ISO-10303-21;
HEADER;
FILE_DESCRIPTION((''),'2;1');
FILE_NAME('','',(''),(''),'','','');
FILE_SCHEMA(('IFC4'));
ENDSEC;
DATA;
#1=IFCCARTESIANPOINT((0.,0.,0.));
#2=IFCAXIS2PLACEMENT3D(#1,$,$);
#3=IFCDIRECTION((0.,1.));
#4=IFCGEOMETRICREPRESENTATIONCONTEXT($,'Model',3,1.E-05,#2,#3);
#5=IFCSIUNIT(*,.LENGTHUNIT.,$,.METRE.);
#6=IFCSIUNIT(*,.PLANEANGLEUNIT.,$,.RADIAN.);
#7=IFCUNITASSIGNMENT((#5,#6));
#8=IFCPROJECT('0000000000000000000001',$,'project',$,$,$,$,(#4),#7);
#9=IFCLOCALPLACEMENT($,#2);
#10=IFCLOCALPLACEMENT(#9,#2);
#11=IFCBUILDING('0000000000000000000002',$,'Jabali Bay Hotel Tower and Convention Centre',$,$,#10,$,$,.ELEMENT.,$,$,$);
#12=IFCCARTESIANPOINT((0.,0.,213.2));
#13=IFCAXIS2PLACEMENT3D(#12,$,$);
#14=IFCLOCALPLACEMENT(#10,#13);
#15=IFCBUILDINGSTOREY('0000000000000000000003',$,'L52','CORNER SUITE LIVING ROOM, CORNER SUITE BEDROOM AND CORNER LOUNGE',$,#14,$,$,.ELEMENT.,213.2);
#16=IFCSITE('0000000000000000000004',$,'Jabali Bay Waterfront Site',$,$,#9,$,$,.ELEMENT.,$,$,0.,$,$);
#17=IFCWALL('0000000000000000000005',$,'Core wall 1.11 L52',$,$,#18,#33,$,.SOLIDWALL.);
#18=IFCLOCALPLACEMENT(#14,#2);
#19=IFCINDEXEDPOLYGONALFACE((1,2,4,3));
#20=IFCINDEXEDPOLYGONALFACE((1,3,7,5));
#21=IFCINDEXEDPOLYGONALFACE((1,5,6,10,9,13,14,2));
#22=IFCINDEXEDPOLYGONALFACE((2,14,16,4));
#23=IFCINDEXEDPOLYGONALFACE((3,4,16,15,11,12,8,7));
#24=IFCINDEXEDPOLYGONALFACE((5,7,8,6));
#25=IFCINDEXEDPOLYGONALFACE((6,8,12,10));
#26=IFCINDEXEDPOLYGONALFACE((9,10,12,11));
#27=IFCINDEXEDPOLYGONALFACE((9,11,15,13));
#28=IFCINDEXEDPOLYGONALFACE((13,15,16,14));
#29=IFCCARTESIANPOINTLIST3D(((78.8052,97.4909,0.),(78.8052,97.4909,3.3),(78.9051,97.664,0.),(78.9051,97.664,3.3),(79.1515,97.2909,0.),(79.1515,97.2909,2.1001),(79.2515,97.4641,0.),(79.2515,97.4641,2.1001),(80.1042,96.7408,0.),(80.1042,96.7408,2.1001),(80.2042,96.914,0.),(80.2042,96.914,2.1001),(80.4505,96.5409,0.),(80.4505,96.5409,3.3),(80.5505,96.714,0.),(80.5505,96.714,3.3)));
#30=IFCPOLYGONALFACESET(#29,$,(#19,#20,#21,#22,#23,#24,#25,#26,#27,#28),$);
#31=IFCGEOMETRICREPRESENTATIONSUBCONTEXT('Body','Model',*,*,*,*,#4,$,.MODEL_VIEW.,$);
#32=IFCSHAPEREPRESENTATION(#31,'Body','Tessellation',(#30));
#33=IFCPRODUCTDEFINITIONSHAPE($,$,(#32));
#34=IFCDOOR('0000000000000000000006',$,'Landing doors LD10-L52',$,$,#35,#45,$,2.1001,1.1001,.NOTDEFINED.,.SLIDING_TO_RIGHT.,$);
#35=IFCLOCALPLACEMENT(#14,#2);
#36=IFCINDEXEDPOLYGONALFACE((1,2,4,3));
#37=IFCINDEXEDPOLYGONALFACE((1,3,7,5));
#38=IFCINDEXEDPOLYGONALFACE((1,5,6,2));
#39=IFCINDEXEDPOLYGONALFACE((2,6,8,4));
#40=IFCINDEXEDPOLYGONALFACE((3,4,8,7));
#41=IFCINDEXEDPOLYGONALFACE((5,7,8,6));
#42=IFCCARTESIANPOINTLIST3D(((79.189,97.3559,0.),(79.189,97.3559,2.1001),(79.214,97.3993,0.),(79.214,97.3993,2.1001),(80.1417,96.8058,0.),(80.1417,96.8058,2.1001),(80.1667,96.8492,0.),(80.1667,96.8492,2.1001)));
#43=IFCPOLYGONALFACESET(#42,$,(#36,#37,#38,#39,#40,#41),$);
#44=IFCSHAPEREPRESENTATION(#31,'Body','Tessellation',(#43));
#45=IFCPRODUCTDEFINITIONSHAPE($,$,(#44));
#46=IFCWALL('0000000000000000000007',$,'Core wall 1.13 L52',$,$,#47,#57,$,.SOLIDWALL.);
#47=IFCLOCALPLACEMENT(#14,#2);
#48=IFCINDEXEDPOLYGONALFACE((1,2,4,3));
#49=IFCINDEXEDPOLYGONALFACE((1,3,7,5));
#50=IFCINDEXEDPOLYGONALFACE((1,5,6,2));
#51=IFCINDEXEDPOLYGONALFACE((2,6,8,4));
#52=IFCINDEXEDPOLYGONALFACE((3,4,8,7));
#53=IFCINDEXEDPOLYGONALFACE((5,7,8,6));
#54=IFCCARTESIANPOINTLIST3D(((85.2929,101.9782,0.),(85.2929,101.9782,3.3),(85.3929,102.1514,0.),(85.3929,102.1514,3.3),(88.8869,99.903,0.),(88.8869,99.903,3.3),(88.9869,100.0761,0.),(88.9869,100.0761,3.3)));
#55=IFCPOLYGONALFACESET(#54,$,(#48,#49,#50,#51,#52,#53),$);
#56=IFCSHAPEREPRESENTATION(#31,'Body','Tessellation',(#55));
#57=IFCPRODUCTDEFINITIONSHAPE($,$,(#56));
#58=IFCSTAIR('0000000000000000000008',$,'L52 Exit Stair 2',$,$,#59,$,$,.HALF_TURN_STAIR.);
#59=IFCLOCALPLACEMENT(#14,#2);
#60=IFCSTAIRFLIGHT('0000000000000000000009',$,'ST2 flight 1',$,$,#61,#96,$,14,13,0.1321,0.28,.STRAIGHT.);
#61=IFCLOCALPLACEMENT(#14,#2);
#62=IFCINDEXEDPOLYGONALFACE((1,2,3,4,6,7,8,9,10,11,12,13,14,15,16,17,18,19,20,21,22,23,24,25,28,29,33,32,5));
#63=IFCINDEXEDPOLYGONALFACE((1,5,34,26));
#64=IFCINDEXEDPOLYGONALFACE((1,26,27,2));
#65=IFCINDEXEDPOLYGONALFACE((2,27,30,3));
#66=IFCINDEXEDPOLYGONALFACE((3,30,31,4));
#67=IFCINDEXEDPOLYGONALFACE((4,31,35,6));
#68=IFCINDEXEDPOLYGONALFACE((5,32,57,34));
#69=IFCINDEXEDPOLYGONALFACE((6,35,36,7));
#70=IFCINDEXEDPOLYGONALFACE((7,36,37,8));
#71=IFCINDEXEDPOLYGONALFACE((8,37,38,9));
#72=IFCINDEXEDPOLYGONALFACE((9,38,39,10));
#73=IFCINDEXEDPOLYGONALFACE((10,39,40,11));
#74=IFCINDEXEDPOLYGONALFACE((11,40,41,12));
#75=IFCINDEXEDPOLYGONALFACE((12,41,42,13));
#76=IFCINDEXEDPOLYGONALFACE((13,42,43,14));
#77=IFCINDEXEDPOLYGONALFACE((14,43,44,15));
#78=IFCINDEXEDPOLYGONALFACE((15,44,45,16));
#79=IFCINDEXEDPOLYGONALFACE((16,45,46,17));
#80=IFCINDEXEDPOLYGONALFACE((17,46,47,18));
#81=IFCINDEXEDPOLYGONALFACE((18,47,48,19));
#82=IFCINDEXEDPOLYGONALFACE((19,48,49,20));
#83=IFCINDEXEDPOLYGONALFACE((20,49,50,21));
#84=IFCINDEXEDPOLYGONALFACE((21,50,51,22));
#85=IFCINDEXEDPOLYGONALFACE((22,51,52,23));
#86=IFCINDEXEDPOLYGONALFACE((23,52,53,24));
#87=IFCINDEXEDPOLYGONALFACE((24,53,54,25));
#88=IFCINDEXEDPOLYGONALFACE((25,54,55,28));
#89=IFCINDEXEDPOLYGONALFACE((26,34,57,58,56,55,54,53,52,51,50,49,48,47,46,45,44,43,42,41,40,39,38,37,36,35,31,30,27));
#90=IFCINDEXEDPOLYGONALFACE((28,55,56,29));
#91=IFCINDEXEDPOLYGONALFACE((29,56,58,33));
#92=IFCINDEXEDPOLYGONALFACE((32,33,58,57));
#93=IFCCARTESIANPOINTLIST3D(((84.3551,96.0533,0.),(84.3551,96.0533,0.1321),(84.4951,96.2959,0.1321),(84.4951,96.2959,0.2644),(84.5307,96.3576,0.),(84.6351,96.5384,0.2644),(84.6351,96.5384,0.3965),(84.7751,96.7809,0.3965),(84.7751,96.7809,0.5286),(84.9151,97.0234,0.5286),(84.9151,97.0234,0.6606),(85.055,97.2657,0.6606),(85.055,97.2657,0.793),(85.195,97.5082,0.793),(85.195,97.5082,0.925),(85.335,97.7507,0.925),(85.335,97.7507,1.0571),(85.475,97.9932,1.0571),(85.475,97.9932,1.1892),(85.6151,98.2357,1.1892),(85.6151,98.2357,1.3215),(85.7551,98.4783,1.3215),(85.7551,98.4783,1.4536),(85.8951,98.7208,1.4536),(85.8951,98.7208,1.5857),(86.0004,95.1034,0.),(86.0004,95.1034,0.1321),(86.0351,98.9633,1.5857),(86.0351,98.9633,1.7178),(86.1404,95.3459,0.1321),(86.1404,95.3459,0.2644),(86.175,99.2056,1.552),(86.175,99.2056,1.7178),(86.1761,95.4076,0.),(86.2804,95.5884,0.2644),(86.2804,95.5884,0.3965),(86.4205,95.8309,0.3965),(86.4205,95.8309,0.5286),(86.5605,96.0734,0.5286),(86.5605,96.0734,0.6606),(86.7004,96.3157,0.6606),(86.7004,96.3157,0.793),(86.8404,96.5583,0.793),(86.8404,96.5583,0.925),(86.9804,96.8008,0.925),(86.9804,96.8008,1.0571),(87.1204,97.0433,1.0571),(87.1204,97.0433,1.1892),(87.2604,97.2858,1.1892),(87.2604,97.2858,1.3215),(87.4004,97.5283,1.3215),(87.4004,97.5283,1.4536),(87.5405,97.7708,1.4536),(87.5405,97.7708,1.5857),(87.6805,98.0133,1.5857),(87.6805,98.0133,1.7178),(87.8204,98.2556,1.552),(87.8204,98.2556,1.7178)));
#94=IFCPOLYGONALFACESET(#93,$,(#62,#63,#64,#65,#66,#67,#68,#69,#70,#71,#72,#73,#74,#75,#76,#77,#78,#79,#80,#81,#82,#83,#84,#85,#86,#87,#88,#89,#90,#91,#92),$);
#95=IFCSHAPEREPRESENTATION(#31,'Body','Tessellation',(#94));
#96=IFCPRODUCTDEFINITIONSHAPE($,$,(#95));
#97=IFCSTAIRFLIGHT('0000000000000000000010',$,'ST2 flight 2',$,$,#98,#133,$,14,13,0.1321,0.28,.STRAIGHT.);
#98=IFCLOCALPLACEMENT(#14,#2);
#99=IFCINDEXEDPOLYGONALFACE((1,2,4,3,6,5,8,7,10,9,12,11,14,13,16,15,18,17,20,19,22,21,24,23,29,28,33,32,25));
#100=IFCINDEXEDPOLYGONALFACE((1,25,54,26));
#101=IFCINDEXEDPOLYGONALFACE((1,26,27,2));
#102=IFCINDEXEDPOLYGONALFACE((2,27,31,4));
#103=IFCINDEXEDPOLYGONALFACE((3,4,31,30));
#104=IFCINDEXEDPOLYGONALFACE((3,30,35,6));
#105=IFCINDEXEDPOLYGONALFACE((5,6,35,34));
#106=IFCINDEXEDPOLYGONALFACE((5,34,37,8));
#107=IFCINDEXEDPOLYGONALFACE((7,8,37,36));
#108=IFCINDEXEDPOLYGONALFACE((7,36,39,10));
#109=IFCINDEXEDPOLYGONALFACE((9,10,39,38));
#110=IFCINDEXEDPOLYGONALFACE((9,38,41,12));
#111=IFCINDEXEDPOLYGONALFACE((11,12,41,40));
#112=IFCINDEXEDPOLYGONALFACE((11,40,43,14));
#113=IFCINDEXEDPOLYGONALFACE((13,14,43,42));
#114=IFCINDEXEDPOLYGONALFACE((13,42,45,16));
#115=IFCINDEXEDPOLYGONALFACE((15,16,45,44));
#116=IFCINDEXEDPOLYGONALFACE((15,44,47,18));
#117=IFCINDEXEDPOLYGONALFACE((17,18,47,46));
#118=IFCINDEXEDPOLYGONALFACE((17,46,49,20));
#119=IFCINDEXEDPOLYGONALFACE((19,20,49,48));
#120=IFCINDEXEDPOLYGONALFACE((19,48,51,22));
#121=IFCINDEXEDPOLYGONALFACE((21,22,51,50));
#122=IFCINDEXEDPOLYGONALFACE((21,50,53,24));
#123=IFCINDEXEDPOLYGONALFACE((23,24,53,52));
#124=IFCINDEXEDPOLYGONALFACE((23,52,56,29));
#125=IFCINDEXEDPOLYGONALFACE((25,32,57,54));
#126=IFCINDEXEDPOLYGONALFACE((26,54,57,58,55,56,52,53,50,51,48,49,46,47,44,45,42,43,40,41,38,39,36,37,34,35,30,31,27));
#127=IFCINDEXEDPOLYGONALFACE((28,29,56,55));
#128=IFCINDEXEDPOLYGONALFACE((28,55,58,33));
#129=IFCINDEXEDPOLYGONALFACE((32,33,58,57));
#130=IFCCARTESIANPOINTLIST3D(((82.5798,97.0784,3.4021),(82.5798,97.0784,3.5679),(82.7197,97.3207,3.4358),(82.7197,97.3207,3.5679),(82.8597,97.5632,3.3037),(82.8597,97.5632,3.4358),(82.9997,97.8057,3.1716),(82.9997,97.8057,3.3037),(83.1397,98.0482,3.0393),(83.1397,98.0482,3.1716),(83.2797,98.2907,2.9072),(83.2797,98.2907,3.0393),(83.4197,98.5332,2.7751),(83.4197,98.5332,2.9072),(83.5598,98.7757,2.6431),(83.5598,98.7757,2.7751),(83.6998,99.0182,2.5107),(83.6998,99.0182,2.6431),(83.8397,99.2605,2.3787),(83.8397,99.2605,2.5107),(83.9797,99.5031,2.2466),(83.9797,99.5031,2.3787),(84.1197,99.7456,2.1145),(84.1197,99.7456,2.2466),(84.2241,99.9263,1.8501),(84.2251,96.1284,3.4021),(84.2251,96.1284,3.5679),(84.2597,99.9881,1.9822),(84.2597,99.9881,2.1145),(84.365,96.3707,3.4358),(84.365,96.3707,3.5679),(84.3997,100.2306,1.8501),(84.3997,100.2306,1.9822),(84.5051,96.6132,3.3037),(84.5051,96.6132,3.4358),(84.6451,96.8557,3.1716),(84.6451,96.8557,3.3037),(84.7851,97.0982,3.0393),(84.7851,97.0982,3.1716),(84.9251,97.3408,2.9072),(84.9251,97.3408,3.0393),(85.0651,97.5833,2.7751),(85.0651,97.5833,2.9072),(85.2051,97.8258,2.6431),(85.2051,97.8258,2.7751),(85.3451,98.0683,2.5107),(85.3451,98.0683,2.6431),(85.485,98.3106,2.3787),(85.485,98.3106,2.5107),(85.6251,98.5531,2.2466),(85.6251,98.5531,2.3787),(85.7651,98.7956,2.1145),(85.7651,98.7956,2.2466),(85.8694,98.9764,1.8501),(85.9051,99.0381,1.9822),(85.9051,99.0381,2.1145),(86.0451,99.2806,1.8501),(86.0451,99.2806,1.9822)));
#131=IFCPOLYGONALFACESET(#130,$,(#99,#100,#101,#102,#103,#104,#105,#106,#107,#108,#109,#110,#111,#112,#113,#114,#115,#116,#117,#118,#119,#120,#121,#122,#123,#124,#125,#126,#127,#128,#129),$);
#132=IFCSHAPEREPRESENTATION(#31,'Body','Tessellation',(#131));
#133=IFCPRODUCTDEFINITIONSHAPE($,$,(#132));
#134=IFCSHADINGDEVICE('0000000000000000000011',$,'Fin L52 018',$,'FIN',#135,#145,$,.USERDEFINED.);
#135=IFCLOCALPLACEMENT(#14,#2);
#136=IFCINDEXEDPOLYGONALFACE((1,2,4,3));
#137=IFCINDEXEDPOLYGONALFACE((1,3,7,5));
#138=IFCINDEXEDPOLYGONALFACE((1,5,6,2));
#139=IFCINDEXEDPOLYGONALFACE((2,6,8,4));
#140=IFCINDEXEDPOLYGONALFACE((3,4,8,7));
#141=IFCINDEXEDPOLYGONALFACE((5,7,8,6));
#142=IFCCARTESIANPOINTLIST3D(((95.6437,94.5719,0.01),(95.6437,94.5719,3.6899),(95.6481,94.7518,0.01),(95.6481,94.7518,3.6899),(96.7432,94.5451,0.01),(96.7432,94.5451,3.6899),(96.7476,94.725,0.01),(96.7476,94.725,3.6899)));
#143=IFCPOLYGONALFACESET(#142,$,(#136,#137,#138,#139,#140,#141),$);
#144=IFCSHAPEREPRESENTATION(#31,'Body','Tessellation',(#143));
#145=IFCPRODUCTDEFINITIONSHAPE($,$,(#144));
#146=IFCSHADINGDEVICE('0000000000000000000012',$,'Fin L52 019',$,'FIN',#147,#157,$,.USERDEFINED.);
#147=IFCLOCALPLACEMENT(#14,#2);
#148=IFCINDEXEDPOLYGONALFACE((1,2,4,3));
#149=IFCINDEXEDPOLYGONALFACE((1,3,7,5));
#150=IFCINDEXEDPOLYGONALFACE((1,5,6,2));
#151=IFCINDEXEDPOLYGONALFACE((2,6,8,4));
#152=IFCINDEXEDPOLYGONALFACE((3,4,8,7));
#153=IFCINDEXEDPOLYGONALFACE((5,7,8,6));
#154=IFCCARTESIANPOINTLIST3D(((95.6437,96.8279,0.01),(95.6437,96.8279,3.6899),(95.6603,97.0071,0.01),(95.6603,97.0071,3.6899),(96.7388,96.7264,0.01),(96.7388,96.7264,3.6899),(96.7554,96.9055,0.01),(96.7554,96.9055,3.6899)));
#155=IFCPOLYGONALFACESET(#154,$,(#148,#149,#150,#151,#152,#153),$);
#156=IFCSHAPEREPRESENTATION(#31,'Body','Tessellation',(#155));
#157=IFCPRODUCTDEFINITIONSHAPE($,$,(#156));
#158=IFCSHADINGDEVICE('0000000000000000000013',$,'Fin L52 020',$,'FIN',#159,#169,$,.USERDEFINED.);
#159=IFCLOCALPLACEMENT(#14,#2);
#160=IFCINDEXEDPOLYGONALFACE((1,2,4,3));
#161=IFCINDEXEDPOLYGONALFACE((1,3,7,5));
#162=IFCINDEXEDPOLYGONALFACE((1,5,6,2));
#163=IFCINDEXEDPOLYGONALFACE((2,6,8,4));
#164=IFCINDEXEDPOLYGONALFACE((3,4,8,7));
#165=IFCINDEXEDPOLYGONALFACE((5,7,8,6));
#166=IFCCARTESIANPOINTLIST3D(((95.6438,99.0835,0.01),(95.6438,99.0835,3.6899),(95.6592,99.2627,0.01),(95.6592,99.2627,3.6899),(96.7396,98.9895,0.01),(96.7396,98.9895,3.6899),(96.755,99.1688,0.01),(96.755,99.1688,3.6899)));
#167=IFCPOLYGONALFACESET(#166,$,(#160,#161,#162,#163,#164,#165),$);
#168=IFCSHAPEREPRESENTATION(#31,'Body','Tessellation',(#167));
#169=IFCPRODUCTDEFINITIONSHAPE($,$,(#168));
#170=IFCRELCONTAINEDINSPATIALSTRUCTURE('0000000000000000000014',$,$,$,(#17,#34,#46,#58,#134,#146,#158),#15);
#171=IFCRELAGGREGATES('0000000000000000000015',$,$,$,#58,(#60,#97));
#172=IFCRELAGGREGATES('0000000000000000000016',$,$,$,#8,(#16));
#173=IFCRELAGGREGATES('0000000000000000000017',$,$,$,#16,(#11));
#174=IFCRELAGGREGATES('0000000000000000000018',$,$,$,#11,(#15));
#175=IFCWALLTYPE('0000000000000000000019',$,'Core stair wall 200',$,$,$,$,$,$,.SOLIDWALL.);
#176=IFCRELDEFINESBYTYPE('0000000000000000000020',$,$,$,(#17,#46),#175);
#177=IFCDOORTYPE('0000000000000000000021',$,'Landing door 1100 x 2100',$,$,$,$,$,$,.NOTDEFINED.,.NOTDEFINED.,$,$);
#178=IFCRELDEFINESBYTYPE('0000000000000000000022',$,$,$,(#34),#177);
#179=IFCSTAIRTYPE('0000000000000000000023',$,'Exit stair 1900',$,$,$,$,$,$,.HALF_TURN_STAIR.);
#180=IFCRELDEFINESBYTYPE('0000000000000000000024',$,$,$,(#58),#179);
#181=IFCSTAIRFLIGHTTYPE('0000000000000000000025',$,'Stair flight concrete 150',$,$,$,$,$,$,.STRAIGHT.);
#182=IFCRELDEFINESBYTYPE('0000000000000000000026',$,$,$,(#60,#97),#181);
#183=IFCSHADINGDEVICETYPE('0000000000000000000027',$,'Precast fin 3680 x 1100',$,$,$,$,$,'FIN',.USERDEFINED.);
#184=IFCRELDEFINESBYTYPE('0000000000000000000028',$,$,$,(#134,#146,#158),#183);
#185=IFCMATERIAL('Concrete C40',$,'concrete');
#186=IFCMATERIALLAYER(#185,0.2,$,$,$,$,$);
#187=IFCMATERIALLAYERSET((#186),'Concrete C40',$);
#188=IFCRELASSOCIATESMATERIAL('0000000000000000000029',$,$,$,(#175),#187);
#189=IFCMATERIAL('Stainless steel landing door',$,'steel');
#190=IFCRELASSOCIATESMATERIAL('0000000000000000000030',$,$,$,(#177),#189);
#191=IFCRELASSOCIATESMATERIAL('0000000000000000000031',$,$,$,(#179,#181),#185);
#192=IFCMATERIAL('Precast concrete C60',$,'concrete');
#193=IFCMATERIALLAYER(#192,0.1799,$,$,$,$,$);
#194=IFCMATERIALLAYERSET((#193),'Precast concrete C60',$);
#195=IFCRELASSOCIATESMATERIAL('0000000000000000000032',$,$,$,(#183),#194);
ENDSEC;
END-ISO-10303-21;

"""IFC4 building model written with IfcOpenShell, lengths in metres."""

from ifc_helpers import new_model, si_unit, direction, frame, frame_2d, origin, place, context, subcontext, project, spatial, polyline, rectangle, outline, extrude, material, layer, layer_set, type_object, element, fill, aggregate, save


model = new_model("IFC4")

# Units and contexts
model_context = context("Model", 3, precision=1e-05, world=origin(), true_north=direction((0.0, 1.0)))
body_context = subcontext(model_context, "Body", "Model", "MODEL_VIEW")
ifc_project = project(units=[si_unit("LENGTHUNIT", "METRE"), si_unit("PLANEANGLEUNIT", "RADIAN")], contexts=[model_context])

# Site, building, storey
site_placement = place(None, origin())
site = spatial("IfcSite", under=ifc_project, at=site_placement, Name="Jabali Bay Waterfront Site", CompositionType="ELEMENT", RefElevation=0.0)
building_placement = place(site_placement, origin())
building = spatial("IfcBuilding", under=site, at=building_placement, Name="Jabali Bay Hotel Tower and Convention Centre", CompositionType="ELEMENT")
storey_placement = place(building_placement, frame((0.0, 0.0, 213.2)))
storey = spatial("IfcBuildingStorey", under=building, at=storey_placement, Name="L52", Description="CORNER SUITE LIVING ROOM, CORNER SUITE BEDROOM AND CORNER LOUNGE", CompositionType="ELEMENT", Elevation=213.2)

# Shared definitions
ifc_material_1 = material(Name="Concrete C40", Category="concrete")

# Shared definitions
ifc_layer_1 = layer(ifc_material_1, 0.2)
ifc_layer_set_1 = layer_set([ifc_layer_1], Name="Concrete C40")
wall_type_1 = type_object("IfcWallType", Name="Core stair wall 200", PredefinedType="SOLIDWALL", material=ifc_layer_set_1)

# Wall, opening, door
wall_1_placement = place(storey_placement, frame((80.5005, 96.6274, 0.0), z_axis=(0.0, 0.0, 1.0), x_axis=(-0.866012, 0.500023, 0.0)))
wall_1 = element("IfcWall", 1, at=wall_1_placement, inside=storey, type_object=wall_type_1, Name="Core wall 1.11 L52", PredefinedType="SOLIDWALL", context=body_context, shape_type="SweptSolid", body=[
    extrude(rectangle(XDim=1.8999, YDim=0.2, at=frame_2d((0.95, 0.0))), origin(), (0.0, 0.0, 1.0), 3.3),
])
opening_1_placement = place(wall_1_placement, frame((0.3999, 0.0, 0.0)))
opening_1 = element("IfcOpeningElement", 2, at=opening_1_placement, cuts=wall_1, PredefinedType="OPENING", context=body_context, shape_type="SweptSolid", body=[
    extrude(rectangle(XDim=1.1001, YDim=2.1001, at=frame_2d((0.55, 1.05))), frame((0.0, 0.1104, 0.0), z_axis=(0.0, -1.0, 0.0), x_axis=(1.0, 0.0, 0.0)), (0.0, 0.0, 1.0), 0.2209),
])
ifc_material_2 = material(Name="Stainless steel landing door", Category="steel")
door_type_1 = type_object("IfcDoorType", Name="Landing door 1100 x 2100", OperationType="NOTDEFINED", PredefinedType="NOTDEFINED", material=ifc_material_2)
door_1_placement = place(opening_1_placement, origin())
door_1 = element("IfcDoor", 3, at=door_1_placement, inside=storey, type_object=door_type_1, Name="Landing doors LD10-L52", OperationType="SLIDING_TO_RIGHT", OverallHeight=2.1001, OverallWidth=1.1001, PredefinedType="NOTDEFINED", context=body_context, shape_type="SweptSolid", body=[
    extrude(rectangle(XDim=1.1001, YDim=2.1001, at=frame_2d((0.55, 1.05))), frame((0.0, 0.0249, 0.0), z_axis=(0.0, -1.0, 0.0), x_axis=(1.0, 0.0, 0.0)), (0.0, 0.0, 1.0), 0.05),
])
fill(opening_1, door_1)

# Wall
wall_2_placement = place(storey_placement, frame((88.937, 99.9895, 0.0), z_axis=(0.0, 0.0, 1.0), x_axis=(-0.866004, 0.500036, 0.0)))
element("IfcWall", 4, at=wall_2_placement, inside=storey, type_object=wall_type_1, Name="Core wall 1.13 L52", PredefinedType="SOLIDWALL", context=body_context, shape_type="SweptSolid", body=[
    extrude(rectangle(XDim=4.1501, YDim=0.2, at=frame_2d((2.0752, 0.0))), origin(), (0.0, 0.0, 1.0), 3.3),
])

# Stair, stair flights
stair_type = type_object("IfcStairType", Name="Exit stair 1900", PredefinedType="HALF_TURN_STAIR", material=ifc_material_1)
stair_placement = place(storey_placement, origin())
stair = element("IfcStair", 5, at=stair_placement, inside=storey, type_object=stair_type, Name="L52 Exit Stair 2", PredefinedType="HALF_TURN_STAIR")
stair_flight_type = type_object("IfcStairFlightType", Name="Stair flight concrete 150", PredefinedType="STRAIGHT", material=ifc_material_1)
stair_flight_1_placement = place(storey_placement, frame((85.1777, 95.5784, 0.0), z_axis=(0.0, 0.0, 1.0), x_axis=(0.5, 0.866025, 0.0)))
stair_flight_1 = element("IfcStairFlight", 6, at=stair_flight_1_placement, type_object=stair_flight_type, Name="ST2 flight 1", NumberOfRisers=14, NumberOfTreads=13, PredefinedType="STRAIGHT", RiserHeight=0.1321, TreadLength=0.28, context=body_context, shape_type="SweptSolid", body=[
    extrude(outline(polyline([(0.0, 0.0), (0.0, 0.1321), (0.28, 0.1321), (0.28, 0.2644), (0.5601, 0.2644), (0.5601, 0.3965), (0.8401, 0.3965), (0.8401, 0.5286), (1.1201, 0.5286), (1.1201, 0.6606), (1.3999, 0.6606), (1.3999, 0.793), (1.6799, 0.793), (1.6799, 0.925), (1.96, 0.925), (1.96, 1.0571), (2.24, 1.0571), (2.24, 1.1892), (2.52, 1.1892), (2.52, 1.3215), (2.8, 1.3215), (2.8, 1.4536), (3.0801, 1.4536), (3.0801, 1.5857), (3.3601, 1.5857), (3.3601, 1.7178), (3.6399, 1.7178), (3.6399, 1.8501), (3.6399, 1.552), (0.3513, 0.0), (0.0, 0.0)])), frame((0.0, 0.95, 0.0), z_axis=(0.0, -1.0, 0.0), x_axis=(1.0, 0.0, 0.0)), (0.0, 0.0, 1.0), 1.8999),
])
stair_flight_2_placement = place(storey_placement, frame((85.2224, 99.7556, 1.8501), z_axis=(0.0, 0.0, 1.0), x_axis=(-0.5, -0.866025, 0.0)))
stair_flight_2 = element("IfcStairFlight", 7, at=stair_flight_2_placement, type_object=stair_flight_type, Name="ST2 flight 2", NumberOfRisers=14, NumberOfTreads=13, PredefinedType="STRAIGHT", RiserHeight=0.1321, TreadLength=0.28, context=body_context, shape_type="SweptSolid", body=[
    extrude(outline(polyline([(0.0, 0.0), (0.0, 0.1321), (0.28, 0.1321), (0.28, 0.2644), (0.5601, 0.2644), (0.5601, 0.3965), (0.8401, 0.3965), (0.8401, 0.5286), (1.1201, 0.5286), (1.1201, 0.6606), (1.3999, 0.6606), (1.3999, 0.793), (1.6799, 0.793), (1.6799, 0.925), (1.96, 0.925), (1.96, 1.0571), (2.24, 1.0571), (2.24, 1.1892), (2.52, 1.1892), (2.52, 1.3215), (2.8, 1.3215), (2.8, 1.4536), (3.0801, 1.4536), (3.0801, 1.5857), (3.3601, 1.5857), (3.3601, 1.7178), (3.6399, 1.7178), (3.6399, 1.8501), (3.6399, 1.552), (0.3513, 0.0), (0.0, 0.0)])), frame((0.0, 0.95, 0.0), z_axis=(0.0, -1.0, 0.0), x_axis=(1.0, 0.0, 0.0)), (0.0, 0.0, 1.0), 1.8999),
])
aggregate(stair, [stair_flight_1, stair_flight_2])

# Shading devices
ifc_material_3 = material(Name="Precast concrete C60", Category="concrete")
ifc_layer_2 = layer(ifc_material_3, 0.1799)
ifc_layer_set_2 = layer_set([ifc_layer_2], Name="Precast concrete C60")
shading_device_type = type_object("IfcShadingDeviceType", Name="Precast fin 3680 x 1100", ElementType="FIN", PredefinedType="USERDEFINED", material=ifc_layer_set_2)
for number, where, z_axis, x_axis, name in (
    (8, (95.646, 94.6619, 0.01), (0.0, 0.0, 1.0), (0.999702, -0.024415, 0.0), "Fin L52 018"),
    (9, (95.6521, 96.9175, 0.01), (0.0, 0.0, 1.0), (0.995728, -0.092337, 0.0), "Fin L52 019"),
    (10, (95.6516, 99.1731, 0.01), (0.0, 0.0, 1.0), (0.996342, -0.085452, 0.0), "Fin L52 020"),
):
    element("IfcShadingDevice", number, at=place(storey_placement, frame(where, z_axis=z_axis, x_axis=x_axis)), inside=storey, type_object=shading_device_type, Name=name, ObjectType="FIN", PredefinedType="USERDEFINED", context=body_context, shape_type="SweptSolid", body=[
        extrude(rectangle(XDim=1.0999, YDim=0.1799, at=frame_2d((0.5498, 0.0))), origin(), (0.0, 0.0, 1.0), 3.6799),
    ])

save(model, "model.ifc")
